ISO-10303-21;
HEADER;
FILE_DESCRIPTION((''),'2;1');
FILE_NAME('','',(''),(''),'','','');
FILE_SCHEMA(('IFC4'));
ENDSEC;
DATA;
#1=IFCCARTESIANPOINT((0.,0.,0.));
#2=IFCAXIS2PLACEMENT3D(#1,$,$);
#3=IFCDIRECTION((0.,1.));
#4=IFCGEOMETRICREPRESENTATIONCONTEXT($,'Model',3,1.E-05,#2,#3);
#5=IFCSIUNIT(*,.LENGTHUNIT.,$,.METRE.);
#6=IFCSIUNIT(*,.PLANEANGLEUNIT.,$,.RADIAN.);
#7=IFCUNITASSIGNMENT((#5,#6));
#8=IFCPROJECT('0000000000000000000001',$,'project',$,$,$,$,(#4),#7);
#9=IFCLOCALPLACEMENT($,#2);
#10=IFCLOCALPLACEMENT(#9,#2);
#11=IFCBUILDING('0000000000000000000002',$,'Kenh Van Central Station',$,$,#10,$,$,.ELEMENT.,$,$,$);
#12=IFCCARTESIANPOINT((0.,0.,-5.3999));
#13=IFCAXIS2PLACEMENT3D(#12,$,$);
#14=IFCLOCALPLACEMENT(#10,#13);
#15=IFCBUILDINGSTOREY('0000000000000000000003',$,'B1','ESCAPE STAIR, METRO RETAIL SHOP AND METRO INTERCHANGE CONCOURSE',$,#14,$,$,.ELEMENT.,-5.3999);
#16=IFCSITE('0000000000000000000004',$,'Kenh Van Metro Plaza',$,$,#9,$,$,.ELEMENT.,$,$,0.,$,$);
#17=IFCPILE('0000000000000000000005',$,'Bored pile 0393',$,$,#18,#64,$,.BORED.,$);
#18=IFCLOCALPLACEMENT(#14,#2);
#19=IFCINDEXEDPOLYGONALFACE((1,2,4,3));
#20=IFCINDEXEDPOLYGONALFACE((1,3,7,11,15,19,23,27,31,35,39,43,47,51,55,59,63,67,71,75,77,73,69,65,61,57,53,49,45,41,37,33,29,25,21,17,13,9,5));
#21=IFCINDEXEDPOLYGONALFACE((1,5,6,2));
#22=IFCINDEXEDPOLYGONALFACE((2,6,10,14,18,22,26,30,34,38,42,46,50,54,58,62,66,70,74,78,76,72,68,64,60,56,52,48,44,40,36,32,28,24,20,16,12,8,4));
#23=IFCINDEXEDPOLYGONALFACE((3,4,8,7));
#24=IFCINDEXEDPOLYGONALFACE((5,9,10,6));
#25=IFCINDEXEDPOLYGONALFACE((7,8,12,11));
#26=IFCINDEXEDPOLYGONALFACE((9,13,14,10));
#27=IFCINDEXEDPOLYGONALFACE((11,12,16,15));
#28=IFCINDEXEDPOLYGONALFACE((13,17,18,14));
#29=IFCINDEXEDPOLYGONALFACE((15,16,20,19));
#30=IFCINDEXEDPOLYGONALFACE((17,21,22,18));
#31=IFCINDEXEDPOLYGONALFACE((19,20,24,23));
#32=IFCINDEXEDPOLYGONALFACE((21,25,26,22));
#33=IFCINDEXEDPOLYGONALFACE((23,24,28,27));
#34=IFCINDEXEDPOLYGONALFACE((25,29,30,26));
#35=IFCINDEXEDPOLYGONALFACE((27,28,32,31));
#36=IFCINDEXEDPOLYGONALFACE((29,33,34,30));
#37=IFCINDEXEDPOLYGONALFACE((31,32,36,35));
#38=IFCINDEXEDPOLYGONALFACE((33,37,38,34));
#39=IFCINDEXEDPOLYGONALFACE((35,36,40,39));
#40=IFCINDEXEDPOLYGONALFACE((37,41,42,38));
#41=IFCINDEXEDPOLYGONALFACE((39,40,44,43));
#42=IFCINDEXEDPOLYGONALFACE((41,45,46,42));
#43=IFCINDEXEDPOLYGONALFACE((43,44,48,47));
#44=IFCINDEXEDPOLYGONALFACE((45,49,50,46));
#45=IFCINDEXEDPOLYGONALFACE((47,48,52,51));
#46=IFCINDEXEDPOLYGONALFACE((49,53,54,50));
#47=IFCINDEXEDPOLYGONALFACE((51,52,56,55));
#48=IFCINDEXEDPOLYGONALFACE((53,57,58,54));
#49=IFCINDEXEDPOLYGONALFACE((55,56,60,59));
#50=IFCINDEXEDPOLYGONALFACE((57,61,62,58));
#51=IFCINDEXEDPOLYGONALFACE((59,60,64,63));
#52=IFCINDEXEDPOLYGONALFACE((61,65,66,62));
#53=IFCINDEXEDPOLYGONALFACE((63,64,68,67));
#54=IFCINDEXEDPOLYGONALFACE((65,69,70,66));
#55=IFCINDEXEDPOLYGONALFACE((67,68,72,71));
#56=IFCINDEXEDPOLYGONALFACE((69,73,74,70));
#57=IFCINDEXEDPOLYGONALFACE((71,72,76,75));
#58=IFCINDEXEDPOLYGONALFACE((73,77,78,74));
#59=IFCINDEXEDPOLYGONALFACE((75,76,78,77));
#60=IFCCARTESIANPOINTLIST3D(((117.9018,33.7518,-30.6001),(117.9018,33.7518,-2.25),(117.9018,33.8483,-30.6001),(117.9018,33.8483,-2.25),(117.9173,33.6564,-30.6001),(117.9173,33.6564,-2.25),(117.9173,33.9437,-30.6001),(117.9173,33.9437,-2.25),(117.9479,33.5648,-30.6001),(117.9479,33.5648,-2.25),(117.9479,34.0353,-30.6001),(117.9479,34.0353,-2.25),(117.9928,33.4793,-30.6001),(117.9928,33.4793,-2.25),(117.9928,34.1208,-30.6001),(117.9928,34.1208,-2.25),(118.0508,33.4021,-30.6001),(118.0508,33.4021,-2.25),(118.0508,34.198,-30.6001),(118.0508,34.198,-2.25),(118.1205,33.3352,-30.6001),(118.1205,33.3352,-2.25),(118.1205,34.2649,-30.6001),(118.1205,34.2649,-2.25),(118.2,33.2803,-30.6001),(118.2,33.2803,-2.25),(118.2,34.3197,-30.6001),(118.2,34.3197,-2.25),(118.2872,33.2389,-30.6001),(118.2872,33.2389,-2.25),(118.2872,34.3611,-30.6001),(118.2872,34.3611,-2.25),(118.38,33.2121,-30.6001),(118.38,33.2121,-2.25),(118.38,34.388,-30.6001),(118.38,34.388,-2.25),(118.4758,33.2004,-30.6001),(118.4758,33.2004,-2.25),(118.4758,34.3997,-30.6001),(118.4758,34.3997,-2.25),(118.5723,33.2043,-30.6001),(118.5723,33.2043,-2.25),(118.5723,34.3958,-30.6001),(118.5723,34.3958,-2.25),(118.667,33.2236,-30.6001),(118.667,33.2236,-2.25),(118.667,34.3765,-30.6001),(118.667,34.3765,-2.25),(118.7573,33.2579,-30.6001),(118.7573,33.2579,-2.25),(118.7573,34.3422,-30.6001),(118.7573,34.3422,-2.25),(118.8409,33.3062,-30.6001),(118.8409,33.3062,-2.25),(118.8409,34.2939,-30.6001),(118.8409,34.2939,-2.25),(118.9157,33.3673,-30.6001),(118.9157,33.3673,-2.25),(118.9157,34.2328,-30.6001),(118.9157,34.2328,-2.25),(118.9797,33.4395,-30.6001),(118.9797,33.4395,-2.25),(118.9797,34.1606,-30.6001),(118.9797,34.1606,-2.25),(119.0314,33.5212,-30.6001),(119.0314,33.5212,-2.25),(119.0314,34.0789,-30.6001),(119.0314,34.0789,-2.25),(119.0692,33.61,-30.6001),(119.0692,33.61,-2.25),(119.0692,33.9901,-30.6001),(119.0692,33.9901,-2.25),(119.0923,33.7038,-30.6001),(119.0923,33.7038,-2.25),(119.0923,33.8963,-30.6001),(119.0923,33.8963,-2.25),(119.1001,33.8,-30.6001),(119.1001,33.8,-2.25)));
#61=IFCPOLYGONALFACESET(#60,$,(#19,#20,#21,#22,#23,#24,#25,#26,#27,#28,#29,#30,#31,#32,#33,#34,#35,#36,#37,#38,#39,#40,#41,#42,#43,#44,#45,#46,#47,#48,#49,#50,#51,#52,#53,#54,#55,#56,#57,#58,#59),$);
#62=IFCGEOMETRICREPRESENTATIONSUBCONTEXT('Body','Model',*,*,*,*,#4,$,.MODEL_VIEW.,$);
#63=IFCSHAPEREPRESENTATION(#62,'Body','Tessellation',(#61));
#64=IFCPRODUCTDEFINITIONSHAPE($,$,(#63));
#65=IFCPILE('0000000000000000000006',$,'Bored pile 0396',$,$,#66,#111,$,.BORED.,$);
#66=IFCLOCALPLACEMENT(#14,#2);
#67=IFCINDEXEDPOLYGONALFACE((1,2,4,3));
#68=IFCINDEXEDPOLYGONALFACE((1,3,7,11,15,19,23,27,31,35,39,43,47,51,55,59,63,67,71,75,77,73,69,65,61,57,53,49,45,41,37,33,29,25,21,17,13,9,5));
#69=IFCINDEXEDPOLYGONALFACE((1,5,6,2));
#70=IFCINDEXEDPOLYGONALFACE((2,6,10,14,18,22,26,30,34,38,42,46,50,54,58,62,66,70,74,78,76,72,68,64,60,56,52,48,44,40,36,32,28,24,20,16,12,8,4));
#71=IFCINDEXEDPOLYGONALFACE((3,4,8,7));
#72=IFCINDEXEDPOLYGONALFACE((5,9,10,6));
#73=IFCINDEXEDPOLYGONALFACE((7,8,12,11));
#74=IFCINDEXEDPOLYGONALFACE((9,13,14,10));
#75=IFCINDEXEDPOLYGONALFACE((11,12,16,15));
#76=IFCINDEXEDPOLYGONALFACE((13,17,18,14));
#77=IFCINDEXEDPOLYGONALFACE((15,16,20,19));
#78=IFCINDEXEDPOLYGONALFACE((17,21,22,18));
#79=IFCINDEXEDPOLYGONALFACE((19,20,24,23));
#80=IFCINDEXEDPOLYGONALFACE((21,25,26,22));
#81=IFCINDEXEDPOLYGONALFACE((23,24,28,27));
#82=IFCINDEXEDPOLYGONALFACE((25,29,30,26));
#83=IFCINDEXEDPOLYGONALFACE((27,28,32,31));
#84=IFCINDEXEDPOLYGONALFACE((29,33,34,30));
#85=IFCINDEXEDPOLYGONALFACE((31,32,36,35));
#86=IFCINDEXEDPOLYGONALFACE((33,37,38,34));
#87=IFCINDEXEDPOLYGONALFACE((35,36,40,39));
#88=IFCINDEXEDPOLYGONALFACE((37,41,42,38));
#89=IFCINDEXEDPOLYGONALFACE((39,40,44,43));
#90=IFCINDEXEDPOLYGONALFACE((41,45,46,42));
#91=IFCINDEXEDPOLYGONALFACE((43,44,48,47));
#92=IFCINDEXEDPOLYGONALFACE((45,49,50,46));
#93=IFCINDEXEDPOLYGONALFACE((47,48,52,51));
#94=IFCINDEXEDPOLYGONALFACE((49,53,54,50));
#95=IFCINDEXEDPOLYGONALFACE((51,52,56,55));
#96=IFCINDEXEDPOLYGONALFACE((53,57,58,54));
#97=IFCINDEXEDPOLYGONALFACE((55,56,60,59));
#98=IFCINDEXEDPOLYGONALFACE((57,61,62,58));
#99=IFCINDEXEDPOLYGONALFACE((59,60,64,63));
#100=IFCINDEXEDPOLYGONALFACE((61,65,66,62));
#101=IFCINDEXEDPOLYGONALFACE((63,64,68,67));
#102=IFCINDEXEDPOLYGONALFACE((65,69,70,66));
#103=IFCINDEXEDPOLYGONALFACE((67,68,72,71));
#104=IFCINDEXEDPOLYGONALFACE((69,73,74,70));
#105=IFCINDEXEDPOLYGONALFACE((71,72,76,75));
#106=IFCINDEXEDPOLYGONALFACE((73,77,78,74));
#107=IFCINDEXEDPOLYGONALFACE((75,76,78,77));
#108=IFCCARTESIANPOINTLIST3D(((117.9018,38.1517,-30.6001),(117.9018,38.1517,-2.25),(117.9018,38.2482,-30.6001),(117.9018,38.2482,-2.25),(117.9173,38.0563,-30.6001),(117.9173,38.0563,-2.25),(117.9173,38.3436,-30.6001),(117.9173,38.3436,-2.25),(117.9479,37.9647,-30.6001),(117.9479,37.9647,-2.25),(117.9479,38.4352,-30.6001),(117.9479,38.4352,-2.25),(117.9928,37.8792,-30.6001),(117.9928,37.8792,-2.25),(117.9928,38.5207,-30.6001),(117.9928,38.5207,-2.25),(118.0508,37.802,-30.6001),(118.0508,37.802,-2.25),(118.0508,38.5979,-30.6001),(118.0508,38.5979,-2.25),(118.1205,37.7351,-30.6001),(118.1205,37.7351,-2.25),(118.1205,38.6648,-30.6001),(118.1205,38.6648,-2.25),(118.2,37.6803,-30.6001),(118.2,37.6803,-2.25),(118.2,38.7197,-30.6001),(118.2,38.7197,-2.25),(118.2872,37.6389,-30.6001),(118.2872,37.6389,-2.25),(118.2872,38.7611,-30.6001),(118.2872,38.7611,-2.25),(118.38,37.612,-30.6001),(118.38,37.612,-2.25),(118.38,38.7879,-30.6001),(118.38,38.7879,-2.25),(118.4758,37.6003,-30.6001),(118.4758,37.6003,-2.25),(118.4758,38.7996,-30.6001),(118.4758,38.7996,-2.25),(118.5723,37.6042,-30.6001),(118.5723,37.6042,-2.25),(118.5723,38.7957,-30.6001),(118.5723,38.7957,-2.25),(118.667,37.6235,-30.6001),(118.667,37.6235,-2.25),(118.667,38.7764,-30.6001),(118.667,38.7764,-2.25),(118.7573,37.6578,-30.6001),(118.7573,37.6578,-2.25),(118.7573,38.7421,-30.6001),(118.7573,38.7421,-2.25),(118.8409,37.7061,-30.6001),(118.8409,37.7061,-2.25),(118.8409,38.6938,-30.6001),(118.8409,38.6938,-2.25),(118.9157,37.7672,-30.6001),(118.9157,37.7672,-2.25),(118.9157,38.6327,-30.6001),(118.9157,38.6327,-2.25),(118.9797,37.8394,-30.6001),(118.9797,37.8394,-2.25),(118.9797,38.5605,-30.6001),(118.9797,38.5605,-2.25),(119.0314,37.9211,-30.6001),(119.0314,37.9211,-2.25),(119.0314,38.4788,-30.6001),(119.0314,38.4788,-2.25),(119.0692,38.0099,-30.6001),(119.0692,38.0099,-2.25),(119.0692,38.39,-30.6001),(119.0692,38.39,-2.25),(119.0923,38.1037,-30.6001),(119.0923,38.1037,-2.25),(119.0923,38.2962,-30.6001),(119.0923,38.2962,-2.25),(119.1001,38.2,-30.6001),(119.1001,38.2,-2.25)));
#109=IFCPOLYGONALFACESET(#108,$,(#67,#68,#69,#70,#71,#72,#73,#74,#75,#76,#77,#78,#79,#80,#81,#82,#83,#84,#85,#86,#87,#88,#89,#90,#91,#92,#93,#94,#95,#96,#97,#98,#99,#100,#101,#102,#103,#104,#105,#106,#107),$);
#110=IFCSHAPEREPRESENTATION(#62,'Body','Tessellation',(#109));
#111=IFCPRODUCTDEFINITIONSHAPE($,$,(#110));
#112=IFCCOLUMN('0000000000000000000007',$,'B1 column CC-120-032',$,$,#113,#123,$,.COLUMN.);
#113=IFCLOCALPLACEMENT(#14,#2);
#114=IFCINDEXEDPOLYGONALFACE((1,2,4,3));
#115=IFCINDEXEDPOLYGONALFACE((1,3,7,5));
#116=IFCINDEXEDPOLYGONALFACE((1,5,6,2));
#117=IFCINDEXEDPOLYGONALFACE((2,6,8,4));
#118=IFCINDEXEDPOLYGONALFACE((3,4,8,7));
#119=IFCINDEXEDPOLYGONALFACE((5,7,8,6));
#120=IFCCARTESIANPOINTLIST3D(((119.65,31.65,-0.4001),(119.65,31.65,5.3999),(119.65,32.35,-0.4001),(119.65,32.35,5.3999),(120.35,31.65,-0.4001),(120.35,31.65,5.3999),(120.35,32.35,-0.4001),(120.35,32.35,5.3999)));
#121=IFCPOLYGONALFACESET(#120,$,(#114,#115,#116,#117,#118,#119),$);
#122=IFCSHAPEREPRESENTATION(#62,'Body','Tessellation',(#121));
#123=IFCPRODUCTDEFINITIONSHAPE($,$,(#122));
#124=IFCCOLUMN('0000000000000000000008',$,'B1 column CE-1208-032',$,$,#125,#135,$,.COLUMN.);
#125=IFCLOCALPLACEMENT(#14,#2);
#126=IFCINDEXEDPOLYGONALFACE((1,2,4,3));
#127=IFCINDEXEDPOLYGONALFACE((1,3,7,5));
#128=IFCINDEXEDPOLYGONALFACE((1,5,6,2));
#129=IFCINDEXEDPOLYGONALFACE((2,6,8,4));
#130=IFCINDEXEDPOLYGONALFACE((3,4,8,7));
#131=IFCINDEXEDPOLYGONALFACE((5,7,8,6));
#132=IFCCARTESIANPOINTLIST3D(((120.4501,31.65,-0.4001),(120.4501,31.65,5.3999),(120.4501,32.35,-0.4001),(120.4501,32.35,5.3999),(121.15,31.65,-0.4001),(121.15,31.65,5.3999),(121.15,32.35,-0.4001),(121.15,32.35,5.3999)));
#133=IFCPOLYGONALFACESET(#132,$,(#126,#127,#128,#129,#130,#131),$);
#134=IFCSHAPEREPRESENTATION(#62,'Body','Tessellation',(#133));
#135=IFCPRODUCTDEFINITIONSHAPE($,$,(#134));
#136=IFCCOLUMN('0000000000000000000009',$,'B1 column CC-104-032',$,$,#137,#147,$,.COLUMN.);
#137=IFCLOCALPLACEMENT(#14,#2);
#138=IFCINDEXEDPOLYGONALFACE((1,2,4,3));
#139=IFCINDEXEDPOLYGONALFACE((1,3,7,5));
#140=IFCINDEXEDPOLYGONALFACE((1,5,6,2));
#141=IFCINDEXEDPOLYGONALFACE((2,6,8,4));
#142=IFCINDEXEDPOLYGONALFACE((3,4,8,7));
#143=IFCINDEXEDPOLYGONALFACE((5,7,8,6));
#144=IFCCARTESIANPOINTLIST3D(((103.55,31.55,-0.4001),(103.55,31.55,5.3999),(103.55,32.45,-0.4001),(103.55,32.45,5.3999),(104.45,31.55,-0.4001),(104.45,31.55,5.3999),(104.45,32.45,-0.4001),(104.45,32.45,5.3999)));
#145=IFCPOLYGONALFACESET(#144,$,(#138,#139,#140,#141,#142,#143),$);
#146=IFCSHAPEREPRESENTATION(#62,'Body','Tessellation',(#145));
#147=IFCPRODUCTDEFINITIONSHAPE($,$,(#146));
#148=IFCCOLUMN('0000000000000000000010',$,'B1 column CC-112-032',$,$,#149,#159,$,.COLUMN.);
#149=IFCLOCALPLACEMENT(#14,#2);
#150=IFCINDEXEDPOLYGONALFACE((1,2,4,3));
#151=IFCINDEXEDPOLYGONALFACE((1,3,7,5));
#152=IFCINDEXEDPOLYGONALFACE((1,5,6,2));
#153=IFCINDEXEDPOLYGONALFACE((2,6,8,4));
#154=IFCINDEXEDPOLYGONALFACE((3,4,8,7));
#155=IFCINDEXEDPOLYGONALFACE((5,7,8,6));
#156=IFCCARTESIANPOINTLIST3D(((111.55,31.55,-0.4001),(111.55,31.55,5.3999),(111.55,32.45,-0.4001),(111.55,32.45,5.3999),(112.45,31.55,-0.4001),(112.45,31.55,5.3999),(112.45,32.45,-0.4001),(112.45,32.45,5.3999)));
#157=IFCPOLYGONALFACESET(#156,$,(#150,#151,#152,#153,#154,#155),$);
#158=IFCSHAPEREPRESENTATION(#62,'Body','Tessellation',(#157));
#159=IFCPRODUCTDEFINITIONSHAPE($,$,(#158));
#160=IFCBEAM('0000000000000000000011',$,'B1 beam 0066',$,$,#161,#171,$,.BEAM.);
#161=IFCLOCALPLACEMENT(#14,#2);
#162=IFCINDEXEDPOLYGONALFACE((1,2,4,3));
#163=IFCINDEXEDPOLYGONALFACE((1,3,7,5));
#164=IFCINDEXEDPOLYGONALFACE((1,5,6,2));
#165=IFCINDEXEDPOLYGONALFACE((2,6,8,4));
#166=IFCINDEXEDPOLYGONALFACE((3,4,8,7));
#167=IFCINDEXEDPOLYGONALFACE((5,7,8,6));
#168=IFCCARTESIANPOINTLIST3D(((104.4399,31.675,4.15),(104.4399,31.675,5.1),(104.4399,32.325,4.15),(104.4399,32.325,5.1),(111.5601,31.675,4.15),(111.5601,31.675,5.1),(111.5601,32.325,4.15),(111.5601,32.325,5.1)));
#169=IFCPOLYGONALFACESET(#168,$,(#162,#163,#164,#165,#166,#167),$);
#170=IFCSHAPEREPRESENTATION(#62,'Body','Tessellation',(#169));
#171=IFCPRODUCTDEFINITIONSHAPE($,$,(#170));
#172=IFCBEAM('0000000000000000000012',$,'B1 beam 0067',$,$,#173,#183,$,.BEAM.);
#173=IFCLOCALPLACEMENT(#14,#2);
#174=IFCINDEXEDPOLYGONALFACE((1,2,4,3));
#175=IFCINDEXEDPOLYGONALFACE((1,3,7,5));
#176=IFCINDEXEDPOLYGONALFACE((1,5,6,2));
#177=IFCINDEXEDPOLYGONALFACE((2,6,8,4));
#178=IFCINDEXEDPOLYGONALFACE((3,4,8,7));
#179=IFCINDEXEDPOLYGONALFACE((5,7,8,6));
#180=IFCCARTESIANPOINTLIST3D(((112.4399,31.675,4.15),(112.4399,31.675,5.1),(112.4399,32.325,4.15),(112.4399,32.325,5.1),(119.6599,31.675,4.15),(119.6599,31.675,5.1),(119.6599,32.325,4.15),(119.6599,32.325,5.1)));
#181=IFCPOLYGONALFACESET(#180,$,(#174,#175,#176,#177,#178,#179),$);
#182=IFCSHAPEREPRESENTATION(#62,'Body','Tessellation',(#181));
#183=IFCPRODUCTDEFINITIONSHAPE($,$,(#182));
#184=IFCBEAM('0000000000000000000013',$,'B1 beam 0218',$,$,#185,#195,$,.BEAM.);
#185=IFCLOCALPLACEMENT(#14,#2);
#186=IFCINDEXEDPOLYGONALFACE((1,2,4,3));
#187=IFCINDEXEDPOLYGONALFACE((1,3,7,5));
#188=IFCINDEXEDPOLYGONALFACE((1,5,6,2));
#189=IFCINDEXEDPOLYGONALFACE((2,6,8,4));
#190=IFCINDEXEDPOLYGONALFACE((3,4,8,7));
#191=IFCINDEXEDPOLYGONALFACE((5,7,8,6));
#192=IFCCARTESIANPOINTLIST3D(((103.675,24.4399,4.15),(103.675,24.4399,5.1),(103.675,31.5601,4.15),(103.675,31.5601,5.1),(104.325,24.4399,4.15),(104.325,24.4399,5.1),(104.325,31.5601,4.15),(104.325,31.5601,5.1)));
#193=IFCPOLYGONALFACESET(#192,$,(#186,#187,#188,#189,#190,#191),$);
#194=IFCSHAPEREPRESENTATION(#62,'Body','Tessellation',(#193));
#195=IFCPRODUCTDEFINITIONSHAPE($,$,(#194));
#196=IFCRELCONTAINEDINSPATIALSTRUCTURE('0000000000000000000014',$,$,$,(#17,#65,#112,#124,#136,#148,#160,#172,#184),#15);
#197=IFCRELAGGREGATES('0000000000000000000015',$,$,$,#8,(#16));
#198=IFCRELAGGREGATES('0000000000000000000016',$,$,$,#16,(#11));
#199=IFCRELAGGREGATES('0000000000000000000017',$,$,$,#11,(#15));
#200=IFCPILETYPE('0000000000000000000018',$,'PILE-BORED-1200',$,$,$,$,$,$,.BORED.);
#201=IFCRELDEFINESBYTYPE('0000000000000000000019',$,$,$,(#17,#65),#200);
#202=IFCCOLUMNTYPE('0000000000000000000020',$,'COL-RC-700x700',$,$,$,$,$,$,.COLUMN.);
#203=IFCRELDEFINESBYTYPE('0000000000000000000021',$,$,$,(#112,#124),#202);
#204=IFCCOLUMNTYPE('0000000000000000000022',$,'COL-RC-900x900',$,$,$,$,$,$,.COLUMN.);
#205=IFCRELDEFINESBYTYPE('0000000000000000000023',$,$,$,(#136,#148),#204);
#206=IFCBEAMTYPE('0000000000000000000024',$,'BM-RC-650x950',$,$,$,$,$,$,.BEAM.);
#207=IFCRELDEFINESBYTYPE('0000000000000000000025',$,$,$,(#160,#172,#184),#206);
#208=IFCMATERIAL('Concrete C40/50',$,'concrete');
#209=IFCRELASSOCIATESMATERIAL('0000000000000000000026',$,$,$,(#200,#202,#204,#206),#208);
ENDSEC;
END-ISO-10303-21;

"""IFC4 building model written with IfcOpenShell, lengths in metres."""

from ifc_helpers import new_model, si_unit, direction, frame, origin, origin_2d, place, context, subcontext, project, spatial, rectangle, circle, extrude, material, material_profile, profile_set, type_object, element, save


model = new_model("IFC4")

# Units and contexts
model_context = context("Model", 3, precision=1e-05, world=origin(), true_north=direction((0.0, 1.0)))
body_context = subcontext(model_context, "Body", "Model", "MODEL_VIEW")
ifc_project = project(units=[si_unit("LENGTHUNIT", "METRE"), si_unit("PLANEANGLEUNIT", "RADIAN")], contexts=[model_context])

# Site, building, storey
site_placement = place(None, origin())
site = spatial("IfcSite", under=ifc_project, at=site_placement, Name="Kenh Van Metro Plaza", CompositionType="ELEMENT", RefElevation=0.0)
building_placement = place(site_placement, origin())
building = spatial("IfcBuilding", under=site, at=building_placement, Name="Kenh Van Central Station", CompositionType="ELEMENT")
storey_placement = place(building_placement, frame((0.0, 0.0, -5.3999)))
storey = spatial("IfcBuildingStorey", under=building, at=storey_placement, Name="B1", Description="ESCAPE STAIR, METRO RETAIL SHOP AND METRO INTERCHANGE CONCOURSE", CompositionType="ELEMENT", Elevation=-5.3999)

# Shared definitions
ifc_material_1 = material(Name="Concrete C40/50", Category="concrete")

# Piles
ifc_material_profile_1 = material_profile(ifc_material_1, circle(Radius=0.6001, at=origin_2d()), Name="PILE D1200")
ifc_profile_set_1 = profile_set([ifc_material_profile_1], Name="Concrete C40/50")
pile_type = type_object("IfcPileType", Name="PILE-BORED-1200", PredefinedType="BORED", material=ifc_profile_set_1)
for number, where, z_axis, x_axis, name in (
    (1, (118.5, 33.8, -2.25), (0.0, 0.0, -1.0), (1.0, 0.0, 0.0), "Bored pile 0393"),
    (2, (118.5, 38.2, -2.25), (0.0, 0.0, -1.0), (1.0, 0.0, 0.0), "Bored pile 0396"),
):
    element("IfcPile", number, at=place(storey_placement, frame(where, z_axis=z_axis, x_axis=x_axis)), inside=storey, type_object=pile_type, Name=name, PredefinedType="BORED", context=body_context, shape_type="SweptSolid", body=[
        extrude(circle(Radius=0.6001, at=origin_2d()), origin(), (0.0, 0.0, 1.0), 28.3501),
    ])

# Columns
ifc_material_profile_2 = material_profile(ifc_material_1, rectangle(XDim=0.7, YDim=0.7, at=origin_2d()), Name="RC 700x700")
ifc_profile_set_2 = profile_set([ifc_material_profile_2], Name="Concrete C40/50")
column_type_1 = type_object("IfcColumnType", Name="COL-RC-700x700", PredefinedType="COLUMN", material=ifc_profile_set_2)
for number, where, z_axis, x_axis, name in (
    (3, (120.0, 32.0, -0.4001), (0.0, 0.0, 1.0), (1.0, 0.0, 0.0), "B1 column CC-120-032"),
    (4, (120.8, 32.0, -0.4001), (0.0, 0.0, 1.0), (1.0, 0.0, 0.0), "B1 column CE-1208-032"),
):
    element("IfcColumn", number, at=place(storey_placement, frame(where, z_axis=z_axis, x_axis=x_axis)), inside=storey, type_object=column_type_1, Name=name, PredefinedType="COLUMN", context=body_context, shape_type="SweptSolid", body=[
        extrude(rectangle(XDim=0.7, YDim=0.7, at=origin_2d()), origin(), (0.0, 0.0, 1.0), 5.8),
    ])
ifc_material_profile_3 = material_profile(ifc_material_1, rectangle(XDim=0.8999, YDim=0.8999, at=origin_2d()), Name="RC 900x900")
ifc_profile_set_3 = profile_set([ifc_material_profile_3], Name="Concrete C40/50")
column_type_2 = type_object("IfcColumnType", Name="COL-RC-900x900", PredefinedType="COLUMN", material=ifc_profile_set_3)
for number, where, z_axis, x_axis, name in (
    (5, (104.0, 32.0, -0.4001), (0.0, 0.0, 1.0), (1.0, 0.0, 0.0), "B1 column CC-104-032"),
    (6, (112.0, 32.0, -0.4001), (0.0, 0.0, 1.0), (1.0, 0.0, 0.0), "B1 column CC-112-032"),
):
    element("IfcColumn", number, at=place(storey_placement, frame(where, z_axis=z_axis, x_axis=x_axis)), inside=storey, type_object=column_type_2, Name=name, PredefinedType="COLUMN", context=body_context, shape_type="SweptSolid", body=[
        extrude(rectangle(XDim=0.8999, YDim=0.8999, at=origin_2d()), origin(), (0.0, 0.0, 1.0), 5.8),
    ])

# Beams
ifc_material_profile_4 = material_profile(ifc_material_1, rectangle(XDim=0.6499, YDim=0.95, at=origin_2d()), Name="RC 650x950")
ifc_profile_set_4 = profile_set([ifc_material_profile_4], Name="Concrete C40/50")
beam_type_1 = type_object("IfcBeamType", Name="BM-RC-650x950", PredefinedType="BEAM", material=ifc_profile_set_4)
beam_1_placement = place(storey_placement, frame((104.4399, 32.0, 4.625), z_axis=(1.0, 0.0, 0.0), x_axis=(0.0, 1.0, 0.0)))
element("IfcBeam", 7, at=beam_1_placement, inside=storey, type_object=beam_type_1, Name="B1 beam 0066", PredefinedType="BEAM", context=body_context, shape_type="SweptSolid", body=[
    extrude(rectangle(XDim=0.6499, YDim=0.95, at=origin_2d()), origin(), (0.0, 0.0, 1.0), 7.1201),
])
beam_2_placement = place(storey_placement, frame((112.4399, 32.0, 4.625), z_axis=(1.0, 0.0, 0.0), x_axis=(0.0, 1.0, 0.0)))
element("IfcBeam", 8, at=beam_2_placement, inside=storey, type_object=beam_type_1, Name="B1 beam 0067", PredefinedType="BEAM", context=body_context, shape_type="SweptSolid", body=[
    extrude(rectangle(XDim=0.6499, YDim=0.95, at=origin_2d()), origin(), (0.0, 0.0, 1.0), 7.22),
])
for number, where, z_axis, x_axis, name in (
    (9, (104.0, 24.4399, 4.625), (0.0, 1.0, 0.0), (-1.0, 0.0, 0.0), "B1 beam 0218"),
):
    element("IfcBeam", number, at=place(storey_placement, frame(where, z_axis=z_axis, x_axis=x_axis)), inside=storey, type_object=beam_type_1, Name=name, PredefinedType="BEAM", context=body_context, shape_type="SweptSolid", body=[
        extrude(rectangle(XDim=0.6499, YDim=0.95, at=origin_2d()), origin(), (0.0, 0.0, 1.0), 7.1201),
    ])

save(model, "model.ifc")
